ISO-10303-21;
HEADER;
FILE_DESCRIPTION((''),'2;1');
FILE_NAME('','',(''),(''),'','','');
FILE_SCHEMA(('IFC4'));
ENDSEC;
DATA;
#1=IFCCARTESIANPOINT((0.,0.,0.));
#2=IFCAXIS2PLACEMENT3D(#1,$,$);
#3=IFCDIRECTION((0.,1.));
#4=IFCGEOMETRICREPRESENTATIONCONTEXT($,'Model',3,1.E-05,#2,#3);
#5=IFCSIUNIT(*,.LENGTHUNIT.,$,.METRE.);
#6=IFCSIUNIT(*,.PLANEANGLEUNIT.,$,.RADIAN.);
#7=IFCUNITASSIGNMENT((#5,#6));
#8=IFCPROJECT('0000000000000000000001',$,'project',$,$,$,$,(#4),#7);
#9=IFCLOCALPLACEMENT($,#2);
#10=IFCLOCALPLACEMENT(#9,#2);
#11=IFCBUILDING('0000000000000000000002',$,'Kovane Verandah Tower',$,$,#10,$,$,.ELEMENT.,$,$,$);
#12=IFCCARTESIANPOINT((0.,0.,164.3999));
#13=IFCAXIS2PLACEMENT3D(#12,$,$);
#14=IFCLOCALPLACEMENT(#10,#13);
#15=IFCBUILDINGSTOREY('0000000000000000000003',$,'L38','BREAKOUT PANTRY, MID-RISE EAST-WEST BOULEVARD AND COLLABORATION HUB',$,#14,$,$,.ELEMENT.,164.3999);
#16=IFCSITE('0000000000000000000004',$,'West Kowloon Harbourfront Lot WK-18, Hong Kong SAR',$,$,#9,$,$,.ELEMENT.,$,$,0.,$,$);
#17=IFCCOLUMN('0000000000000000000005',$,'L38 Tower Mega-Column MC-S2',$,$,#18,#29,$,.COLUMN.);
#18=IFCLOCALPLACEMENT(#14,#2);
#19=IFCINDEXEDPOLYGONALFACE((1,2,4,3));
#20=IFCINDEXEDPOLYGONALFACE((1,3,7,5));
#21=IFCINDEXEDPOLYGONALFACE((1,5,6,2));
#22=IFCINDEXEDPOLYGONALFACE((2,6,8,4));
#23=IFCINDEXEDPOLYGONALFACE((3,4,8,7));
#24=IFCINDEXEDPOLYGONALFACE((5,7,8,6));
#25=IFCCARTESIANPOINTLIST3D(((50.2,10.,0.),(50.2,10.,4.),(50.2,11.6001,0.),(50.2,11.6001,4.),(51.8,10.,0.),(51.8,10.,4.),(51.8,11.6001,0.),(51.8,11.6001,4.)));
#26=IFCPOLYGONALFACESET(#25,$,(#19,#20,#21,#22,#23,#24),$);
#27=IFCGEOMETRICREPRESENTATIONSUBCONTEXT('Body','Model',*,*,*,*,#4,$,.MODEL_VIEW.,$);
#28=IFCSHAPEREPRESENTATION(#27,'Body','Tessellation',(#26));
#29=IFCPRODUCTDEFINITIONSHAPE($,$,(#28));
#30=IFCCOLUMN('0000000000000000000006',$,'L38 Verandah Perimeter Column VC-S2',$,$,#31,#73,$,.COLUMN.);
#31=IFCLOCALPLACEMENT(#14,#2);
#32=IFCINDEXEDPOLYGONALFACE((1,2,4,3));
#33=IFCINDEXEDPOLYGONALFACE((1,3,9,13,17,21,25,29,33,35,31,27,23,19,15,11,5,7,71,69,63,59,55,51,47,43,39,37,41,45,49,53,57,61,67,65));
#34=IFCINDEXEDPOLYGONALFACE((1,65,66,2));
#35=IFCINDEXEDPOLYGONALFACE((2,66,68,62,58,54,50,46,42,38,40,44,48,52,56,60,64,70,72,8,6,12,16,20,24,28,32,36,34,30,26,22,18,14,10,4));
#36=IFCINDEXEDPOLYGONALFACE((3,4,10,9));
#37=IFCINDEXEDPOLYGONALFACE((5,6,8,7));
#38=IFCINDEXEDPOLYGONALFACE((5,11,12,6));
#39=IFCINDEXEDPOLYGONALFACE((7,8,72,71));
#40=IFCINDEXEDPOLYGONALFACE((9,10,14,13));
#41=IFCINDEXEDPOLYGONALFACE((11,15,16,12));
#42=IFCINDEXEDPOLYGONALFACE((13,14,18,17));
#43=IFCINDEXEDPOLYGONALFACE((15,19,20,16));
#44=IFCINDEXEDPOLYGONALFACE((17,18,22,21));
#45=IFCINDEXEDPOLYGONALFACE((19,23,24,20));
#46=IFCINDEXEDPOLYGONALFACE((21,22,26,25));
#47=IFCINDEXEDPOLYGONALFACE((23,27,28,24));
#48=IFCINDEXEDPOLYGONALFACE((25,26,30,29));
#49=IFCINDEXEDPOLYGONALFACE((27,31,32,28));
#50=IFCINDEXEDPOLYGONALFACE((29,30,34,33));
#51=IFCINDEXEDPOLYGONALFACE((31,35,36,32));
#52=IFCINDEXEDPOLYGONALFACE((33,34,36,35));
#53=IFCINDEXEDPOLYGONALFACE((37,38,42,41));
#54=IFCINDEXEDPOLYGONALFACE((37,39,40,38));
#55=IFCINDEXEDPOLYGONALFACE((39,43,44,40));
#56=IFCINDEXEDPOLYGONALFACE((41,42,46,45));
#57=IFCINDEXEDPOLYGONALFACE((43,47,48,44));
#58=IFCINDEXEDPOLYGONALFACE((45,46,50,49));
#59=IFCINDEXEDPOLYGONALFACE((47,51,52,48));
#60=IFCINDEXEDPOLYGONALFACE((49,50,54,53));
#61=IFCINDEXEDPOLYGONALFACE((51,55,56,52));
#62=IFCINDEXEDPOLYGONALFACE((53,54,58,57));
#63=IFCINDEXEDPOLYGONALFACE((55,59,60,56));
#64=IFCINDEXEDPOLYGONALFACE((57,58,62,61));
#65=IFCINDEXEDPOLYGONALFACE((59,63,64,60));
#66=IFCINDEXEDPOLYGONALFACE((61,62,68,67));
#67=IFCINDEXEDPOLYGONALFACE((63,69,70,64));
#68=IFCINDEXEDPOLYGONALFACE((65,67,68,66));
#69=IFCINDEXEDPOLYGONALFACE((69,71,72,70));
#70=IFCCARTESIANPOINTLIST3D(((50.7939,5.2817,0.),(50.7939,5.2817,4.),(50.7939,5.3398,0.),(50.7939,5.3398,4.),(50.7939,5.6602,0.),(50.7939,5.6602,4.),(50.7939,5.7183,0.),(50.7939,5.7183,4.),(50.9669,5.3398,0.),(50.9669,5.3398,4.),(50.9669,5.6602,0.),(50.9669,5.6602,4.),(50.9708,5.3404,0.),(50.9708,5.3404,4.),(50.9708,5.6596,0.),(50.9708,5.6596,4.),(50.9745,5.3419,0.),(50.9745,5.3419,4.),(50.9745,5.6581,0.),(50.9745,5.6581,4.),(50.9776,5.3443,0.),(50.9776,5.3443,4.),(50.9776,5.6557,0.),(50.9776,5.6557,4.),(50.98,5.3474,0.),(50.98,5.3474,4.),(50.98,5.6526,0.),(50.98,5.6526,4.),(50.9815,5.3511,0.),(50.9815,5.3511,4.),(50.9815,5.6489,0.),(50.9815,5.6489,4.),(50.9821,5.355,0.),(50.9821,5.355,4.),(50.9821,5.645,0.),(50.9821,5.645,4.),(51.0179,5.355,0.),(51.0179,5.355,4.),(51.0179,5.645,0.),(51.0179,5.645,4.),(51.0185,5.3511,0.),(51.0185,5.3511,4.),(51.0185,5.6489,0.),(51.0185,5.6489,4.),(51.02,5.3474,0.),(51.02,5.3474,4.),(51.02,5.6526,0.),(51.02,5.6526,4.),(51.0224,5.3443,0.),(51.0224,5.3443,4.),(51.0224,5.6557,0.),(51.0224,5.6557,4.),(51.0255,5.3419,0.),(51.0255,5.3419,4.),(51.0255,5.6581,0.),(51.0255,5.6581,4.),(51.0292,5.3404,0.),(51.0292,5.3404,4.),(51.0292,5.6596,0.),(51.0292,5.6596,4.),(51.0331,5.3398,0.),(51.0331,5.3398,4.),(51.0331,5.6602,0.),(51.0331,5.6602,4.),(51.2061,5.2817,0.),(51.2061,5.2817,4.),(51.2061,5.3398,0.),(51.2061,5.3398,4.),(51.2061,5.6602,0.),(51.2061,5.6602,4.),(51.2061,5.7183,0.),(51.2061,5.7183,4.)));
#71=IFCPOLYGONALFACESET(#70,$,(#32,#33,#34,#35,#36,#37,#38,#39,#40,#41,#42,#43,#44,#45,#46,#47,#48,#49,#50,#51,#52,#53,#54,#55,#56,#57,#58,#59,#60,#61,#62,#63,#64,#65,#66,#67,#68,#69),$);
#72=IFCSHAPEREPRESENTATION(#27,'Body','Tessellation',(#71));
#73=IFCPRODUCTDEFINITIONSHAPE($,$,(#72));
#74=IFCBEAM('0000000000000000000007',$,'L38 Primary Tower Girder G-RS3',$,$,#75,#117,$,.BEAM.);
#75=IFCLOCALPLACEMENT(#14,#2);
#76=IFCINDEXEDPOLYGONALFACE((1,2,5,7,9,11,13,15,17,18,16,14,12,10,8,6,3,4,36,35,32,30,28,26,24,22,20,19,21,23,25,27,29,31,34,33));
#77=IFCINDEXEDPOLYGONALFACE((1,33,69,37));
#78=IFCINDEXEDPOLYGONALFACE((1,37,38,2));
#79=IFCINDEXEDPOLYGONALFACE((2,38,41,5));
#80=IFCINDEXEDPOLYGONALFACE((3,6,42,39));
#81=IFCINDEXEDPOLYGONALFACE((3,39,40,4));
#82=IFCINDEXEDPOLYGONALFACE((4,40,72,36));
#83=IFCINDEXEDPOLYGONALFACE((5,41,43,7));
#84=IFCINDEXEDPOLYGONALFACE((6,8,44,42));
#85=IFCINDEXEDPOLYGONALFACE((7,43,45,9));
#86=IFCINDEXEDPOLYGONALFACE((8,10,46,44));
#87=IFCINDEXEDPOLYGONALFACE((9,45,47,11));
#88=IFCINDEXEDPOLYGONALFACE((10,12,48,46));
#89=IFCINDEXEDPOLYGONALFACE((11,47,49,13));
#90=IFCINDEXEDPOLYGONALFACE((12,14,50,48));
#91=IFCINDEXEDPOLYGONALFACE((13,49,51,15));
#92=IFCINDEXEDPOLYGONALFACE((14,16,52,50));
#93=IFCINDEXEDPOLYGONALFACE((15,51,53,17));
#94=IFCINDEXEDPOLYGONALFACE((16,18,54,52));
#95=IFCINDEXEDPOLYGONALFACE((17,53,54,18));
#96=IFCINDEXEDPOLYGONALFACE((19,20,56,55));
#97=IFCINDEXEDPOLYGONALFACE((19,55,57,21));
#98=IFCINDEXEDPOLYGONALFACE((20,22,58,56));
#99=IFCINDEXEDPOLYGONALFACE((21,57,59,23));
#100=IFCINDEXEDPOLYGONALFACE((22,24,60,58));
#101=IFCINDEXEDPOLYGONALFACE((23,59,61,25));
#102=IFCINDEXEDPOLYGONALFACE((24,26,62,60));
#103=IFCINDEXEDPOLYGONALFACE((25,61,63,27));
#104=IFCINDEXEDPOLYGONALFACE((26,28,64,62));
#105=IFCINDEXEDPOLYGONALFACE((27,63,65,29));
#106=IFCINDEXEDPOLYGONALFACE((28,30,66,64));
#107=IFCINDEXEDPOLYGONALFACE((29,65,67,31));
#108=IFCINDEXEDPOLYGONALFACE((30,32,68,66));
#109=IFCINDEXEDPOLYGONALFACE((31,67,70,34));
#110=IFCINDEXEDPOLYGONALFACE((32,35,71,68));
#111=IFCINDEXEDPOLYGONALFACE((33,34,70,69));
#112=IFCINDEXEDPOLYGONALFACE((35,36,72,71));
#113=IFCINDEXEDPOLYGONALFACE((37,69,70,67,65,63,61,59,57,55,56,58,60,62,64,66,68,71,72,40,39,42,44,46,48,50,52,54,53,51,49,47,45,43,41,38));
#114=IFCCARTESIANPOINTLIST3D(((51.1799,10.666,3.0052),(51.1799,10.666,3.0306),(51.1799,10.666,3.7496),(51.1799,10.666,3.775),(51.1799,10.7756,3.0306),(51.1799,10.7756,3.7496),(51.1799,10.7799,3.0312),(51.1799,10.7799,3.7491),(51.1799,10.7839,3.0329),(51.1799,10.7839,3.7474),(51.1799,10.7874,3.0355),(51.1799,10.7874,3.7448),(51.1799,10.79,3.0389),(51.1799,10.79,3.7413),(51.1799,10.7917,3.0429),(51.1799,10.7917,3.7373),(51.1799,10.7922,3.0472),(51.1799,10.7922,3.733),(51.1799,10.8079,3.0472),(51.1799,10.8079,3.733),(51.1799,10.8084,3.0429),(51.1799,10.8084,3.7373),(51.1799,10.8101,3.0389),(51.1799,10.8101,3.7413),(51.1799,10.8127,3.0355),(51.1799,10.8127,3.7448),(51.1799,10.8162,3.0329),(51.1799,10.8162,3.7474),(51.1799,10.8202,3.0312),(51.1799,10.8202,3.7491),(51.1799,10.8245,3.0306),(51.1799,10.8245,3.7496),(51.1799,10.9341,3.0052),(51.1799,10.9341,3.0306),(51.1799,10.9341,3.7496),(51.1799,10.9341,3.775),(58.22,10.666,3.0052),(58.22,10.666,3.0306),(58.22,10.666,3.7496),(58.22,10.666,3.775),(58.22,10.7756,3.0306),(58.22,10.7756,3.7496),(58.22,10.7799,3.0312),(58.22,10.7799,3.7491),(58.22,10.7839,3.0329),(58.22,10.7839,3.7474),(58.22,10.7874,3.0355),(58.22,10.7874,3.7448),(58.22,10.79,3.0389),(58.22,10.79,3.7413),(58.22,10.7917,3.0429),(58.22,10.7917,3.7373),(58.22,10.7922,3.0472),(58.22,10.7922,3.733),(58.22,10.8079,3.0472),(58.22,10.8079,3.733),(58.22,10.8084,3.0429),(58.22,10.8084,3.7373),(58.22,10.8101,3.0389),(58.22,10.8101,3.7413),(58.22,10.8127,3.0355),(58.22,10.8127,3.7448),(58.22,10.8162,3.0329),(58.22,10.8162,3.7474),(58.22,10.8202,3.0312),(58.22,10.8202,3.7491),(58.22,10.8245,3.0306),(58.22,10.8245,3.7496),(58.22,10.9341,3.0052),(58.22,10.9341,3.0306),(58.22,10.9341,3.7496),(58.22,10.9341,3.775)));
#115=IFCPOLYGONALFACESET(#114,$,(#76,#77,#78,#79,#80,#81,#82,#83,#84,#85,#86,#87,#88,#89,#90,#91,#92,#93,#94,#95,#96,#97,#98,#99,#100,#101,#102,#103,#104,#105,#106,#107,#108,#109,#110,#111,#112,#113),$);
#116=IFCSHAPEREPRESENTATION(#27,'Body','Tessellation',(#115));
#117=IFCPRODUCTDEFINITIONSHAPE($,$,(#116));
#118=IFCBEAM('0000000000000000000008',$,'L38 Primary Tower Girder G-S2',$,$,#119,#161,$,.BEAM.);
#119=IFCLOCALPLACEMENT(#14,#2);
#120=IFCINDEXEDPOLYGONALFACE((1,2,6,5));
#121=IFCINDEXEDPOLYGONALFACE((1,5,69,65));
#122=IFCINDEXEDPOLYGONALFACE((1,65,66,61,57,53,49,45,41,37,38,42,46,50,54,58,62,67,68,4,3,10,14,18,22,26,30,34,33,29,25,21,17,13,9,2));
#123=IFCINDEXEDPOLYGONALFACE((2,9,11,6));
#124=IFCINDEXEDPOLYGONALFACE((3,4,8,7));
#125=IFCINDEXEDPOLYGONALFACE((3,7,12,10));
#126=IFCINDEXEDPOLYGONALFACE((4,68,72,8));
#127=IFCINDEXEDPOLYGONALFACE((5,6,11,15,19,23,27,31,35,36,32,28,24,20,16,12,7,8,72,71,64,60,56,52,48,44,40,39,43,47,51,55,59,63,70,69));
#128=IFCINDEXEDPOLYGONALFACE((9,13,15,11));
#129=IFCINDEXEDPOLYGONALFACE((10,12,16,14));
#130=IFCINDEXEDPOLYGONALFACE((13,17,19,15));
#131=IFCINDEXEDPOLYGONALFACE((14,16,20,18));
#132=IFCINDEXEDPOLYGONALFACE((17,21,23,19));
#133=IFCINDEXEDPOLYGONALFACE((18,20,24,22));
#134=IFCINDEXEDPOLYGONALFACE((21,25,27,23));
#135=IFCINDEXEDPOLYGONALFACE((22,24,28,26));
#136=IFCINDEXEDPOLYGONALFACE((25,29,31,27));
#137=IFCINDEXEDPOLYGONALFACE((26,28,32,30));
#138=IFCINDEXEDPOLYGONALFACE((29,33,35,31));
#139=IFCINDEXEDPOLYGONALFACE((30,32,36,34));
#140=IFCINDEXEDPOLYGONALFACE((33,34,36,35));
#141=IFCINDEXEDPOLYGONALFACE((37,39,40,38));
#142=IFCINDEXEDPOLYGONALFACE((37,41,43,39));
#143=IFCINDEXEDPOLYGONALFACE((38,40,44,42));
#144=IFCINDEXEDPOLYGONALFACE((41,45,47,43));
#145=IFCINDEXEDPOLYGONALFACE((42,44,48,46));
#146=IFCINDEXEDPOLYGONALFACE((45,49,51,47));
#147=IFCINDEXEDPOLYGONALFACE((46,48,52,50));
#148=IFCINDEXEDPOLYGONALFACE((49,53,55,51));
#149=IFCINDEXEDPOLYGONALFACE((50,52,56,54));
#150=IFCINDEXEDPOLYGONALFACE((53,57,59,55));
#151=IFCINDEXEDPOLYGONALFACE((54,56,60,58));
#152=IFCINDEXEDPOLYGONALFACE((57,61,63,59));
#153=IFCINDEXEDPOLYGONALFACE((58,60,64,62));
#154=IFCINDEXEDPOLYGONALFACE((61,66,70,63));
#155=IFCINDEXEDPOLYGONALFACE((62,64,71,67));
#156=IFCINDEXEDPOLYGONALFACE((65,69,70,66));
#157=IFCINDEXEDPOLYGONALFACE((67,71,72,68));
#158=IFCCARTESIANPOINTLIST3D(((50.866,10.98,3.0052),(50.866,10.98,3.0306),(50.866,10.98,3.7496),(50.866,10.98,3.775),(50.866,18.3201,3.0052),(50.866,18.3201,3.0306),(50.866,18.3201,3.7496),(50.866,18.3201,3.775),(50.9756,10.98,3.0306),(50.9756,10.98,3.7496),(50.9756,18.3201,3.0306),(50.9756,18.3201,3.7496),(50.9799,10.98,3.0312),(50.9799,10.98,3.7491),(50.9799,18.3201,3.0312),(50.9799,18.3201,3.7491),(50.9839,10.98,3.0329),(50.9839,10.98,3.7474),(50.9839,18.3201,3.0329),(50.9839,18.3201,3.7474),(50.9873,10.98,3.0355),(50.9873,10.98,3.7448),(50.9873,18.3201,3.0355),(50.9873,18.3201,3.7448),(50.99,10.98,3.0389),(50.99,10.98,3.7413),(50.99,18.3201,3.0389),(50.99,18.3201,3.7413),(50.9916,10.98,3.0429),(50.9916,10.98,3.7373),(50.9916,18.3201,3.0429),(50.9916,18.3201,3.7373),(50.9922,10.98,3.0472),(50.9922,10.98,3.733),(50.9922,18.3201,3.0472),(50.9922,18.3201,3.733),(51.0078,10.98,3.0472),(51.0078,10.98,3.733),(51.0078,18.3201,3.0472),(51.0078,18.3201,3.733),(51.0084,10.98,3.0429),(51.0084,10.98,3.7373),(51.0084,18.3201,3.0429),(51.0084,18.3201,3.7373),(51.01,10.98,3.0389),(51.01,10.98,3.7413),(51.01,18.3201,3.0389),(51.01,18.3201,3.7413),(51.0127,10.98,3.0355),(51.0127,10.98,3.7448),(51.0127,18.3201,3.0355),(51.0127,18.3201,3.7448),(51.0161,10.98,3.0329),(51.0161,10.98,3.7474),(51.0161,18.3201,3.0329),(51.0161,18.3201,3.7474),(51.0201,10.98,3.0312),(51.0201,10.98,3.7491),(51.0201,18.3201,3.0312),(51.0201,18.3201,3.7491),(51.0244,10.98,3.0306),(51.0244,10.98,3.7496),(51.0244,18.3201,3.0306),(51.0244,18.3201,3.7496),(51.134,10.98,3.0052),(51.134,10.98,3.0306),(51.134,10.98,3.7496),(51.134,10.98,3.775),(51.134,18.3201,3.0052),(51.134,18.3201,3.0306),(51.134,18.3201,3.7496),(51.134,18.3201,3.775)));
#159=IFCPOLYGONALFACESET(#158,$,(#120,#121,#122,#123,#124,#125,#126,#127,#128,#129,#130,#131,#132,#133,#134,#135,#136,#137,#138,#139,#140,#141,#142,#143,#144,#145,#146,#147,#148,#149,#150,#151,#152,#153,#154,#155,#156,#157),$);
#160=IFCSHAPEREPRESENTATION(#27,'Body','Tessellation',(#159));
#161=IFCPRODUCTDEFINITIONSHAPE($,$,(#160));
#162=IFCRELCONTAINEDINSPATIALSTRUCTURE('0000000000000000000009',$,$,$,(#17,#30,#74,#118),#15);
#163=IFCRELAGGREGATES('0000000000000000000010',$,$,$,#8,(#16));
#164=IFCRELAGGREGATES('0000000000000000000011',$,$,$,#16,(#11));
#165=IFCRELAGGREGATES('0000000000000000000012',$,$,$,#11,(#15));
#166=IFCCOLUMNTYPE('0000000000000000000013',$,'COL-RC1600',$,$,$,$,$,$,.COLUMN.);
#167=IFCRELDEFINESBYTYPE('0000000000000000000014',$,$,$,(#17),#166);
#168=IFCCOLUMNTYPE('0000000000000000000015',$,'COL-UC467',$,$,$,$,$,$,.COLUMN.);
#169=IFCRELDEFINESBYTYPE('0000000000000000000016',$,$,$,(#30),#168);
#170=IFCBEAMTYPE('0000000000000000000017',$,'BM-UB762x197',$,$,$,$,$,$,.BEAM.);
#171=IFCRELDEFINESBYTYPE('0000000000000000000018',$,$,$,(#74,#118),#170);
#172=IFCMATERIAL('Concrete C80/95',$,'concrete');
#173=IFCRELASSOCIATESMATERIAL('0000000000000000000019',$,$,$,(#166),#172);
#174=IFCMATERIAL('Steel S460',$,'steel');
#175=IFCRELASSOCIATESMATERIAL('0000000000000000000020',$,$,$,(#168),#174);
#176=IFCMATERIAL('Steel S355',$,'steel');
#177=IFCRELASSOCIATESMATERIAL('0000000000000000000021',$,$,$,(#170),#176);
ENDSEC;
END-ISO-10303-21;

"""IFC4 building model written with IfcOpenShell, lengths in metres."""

from ifc_helpers import new_model, si_unit, direction, frame, origin, origin_2d, place, context, subcontext, project, spatial, rectangle, i_section, extrude, material, material_profile, profile_set, type_object, element, save


model = new_model("IFC4")

# Units and contexts
model_context = context("Model", 3, precision=1e-05, world=origin(), true_north=direction((0.0, 1.0)))
body_context = subcontext(model_context, "Body", "Model", "MODEL_VIEW")
ifc_project = project(units=[si_unit("LENGTHUNIT", "METRE"), si_unit("PLANEANGLEUNIT", "RADIAN")], contexts=[model_context])

# Site, building, storey
site_placement = place(None, origin())
site = spatial("IfcSite", under=ifc_project, at=site_placement, Name="West Kowloon Harbourfront Lot WK-18, Hong Kong SAR", CompositionType="ELEMENT", RefElevation=0.0)
building_placement = place(site_placement, origin())
building = spatial("IfcBuilding", under=site, at=building_placement, Name="Kovane Verandah Tower", CompositionType="ELEMENT")
storey_placement = place(building_placement, frame((0.0, 0.0, 164.3999)))
storey = spatial("IfcBuildingStorey", under=building, at=storey_placement, Name="L38", Description="BREAKOUT PANTRY, MID-RISE EAST-WEST BOULEVARD AND COLLABORATION HUB", CompositionType="ELEMENT", Elevation=164.3999)

# Columns
ifc_material_1 = material(Name="Concrete C80/95", Category="concrete")
ifc_material_profile_1 = material_profile(ifc_material_1, rectangle(XDim=1.6001, YDim=1.6001, at=origin_2d()), Name="RC1600x1600")
ifc_profile_set_1 = profile_set([ifc_material_profile_1], Name="Concrete C80/95")
column_type_1 = type_object("IfcColumnType", Name="COL-RC1600", PredefinedType="COLUMN", material=ifc_profile_set_1)
column_1_placement = place(storey_placement, frame((51.0, 10.8, 0.0), z_axis=(0.0, 0.0, 1.0), x_axis=(1.0, 0.0, 0.0)))
element("IfcColumn", 1, at=column_1_placement, inside=storey, type_object=column_type_1, Name="L38 Tower Mega-Column MC-S2", PredefinedType="COLUMN", context=body_context, shape_type="SweptSolid", body=[
    extrude(rectangle(XDim=1.6001, YDim=1.6001, at=origin_2d()), origin(), (0.0, 0.0, 1.0), 4.0),
])
ifc_material_2 = material(Name="Steel S460", Category="steel")
ifc_material_profile_2 = material_profile(ifc_material_2, i_section(OverallWidth=0.4121, OverallDepth=0.4365, WebThickness=0.0359, FlangeThickness=0.0581, FilletRadius=0.0151, at=origin_2d()), Name="UC356x406x467")
ifc_profile_set_2 = profile_set([ifc_material_profile_2], Name="Steel S460")
column_type_2 = type_object("IfcColumnType", Name="COL-UC467", PredefinedType="COLUMN", material=ifc_profile_set_2)
column_2_placement = place(storey_placement, frame((51.0, 5.5, 0.0), z_axis=(0.0, 0.0, 1.0), x_axis=(1.0, 0.0, 0.0)))
element("IfcColumn", 2, at=column_2_placement, inside=storey, type_object=column_type_2, Name="L38 Verandah Perimeter Column VC-S2", PredefinedType="COLUMN", context=body_context, shape_type="SweptSolid", body=[
    extrude(i_section(OverallWidth=0.4121, OverallDepth=0.4365, WebThickness=0.0359, FlangeThickness=0.0581, FilletRadius=0.0151, at=origin_2d()), origin(), (0.0, 0.0, 1.0), 4.0),
])

# Beams
ifc_material_3 = material(Name="Steel S355", Category="steel")
ifc_material_profile_3 = material_profile(ifc_material_3, i_section(OverallWidth=0.2681, OverallDepth=0.7698, WebThickness=0.0156, FlangeThickness=0.0254, FilletRadius=0.0166, at=origin_2d()), Name="UB762x267x197")
ifc_profile_set_3 = profile_set([ifc_material_profile_3], Name="Steel S355")
beam_type = type_object("IfcBeamType", Name="BM-UB762x197", PredefinedType="BEAM", material=ifc_profile_set_3)
beam_1_placement = place(storey_placement, frame((51.1799, 10.8, 3.3901), z_axis=(1.0, 0.0, 0.0), x_axis=(0.0, 1.0, 0.0)))
element("IfcBeam", 3, at=beam_1_placement, inside=storey, type_object=beam_type, Name="L38 Primary Tower Girder G-RS3", PredefinedType="BEAM", context=body_context, shape_type="SweptSolid", body=[
    extrude(i_section(OverallWidth=0.2681, OverallDepth=0.7698, WebThickness=0.0156, FlangeThickness=0.0254, FilletRadius=0.0166, at=origin_2d()), origin(), (0.0, 0.0, 1.0), 7.04),
])
beam_2_placement = place(storey_placement, frame((51.0, 18.3201, 3.3901), z_axis=(0.0, -1.0, 0.0), x_axis=(1.0, 0.0, 0.0)))
element("IfcBeam", 4, at=beam_2_placement, inside=storey, type_object=beam_type, Name="L38 Primary Tower Girder G-S2", PredefinedType="BEAM", context=body_context, shape_type="SweptSolid", body=[
    extrude(i_section(OverallWidth=0.2681, OverallDepth=0.7698, WebThickness=0.0156, FlangeThickness=0.0254, FilletRadius=0.0166, at=origin_2d()), origin(), (0.0, 0.0, 1.0), 7.3401),
])

save(model, "model.ifc")
